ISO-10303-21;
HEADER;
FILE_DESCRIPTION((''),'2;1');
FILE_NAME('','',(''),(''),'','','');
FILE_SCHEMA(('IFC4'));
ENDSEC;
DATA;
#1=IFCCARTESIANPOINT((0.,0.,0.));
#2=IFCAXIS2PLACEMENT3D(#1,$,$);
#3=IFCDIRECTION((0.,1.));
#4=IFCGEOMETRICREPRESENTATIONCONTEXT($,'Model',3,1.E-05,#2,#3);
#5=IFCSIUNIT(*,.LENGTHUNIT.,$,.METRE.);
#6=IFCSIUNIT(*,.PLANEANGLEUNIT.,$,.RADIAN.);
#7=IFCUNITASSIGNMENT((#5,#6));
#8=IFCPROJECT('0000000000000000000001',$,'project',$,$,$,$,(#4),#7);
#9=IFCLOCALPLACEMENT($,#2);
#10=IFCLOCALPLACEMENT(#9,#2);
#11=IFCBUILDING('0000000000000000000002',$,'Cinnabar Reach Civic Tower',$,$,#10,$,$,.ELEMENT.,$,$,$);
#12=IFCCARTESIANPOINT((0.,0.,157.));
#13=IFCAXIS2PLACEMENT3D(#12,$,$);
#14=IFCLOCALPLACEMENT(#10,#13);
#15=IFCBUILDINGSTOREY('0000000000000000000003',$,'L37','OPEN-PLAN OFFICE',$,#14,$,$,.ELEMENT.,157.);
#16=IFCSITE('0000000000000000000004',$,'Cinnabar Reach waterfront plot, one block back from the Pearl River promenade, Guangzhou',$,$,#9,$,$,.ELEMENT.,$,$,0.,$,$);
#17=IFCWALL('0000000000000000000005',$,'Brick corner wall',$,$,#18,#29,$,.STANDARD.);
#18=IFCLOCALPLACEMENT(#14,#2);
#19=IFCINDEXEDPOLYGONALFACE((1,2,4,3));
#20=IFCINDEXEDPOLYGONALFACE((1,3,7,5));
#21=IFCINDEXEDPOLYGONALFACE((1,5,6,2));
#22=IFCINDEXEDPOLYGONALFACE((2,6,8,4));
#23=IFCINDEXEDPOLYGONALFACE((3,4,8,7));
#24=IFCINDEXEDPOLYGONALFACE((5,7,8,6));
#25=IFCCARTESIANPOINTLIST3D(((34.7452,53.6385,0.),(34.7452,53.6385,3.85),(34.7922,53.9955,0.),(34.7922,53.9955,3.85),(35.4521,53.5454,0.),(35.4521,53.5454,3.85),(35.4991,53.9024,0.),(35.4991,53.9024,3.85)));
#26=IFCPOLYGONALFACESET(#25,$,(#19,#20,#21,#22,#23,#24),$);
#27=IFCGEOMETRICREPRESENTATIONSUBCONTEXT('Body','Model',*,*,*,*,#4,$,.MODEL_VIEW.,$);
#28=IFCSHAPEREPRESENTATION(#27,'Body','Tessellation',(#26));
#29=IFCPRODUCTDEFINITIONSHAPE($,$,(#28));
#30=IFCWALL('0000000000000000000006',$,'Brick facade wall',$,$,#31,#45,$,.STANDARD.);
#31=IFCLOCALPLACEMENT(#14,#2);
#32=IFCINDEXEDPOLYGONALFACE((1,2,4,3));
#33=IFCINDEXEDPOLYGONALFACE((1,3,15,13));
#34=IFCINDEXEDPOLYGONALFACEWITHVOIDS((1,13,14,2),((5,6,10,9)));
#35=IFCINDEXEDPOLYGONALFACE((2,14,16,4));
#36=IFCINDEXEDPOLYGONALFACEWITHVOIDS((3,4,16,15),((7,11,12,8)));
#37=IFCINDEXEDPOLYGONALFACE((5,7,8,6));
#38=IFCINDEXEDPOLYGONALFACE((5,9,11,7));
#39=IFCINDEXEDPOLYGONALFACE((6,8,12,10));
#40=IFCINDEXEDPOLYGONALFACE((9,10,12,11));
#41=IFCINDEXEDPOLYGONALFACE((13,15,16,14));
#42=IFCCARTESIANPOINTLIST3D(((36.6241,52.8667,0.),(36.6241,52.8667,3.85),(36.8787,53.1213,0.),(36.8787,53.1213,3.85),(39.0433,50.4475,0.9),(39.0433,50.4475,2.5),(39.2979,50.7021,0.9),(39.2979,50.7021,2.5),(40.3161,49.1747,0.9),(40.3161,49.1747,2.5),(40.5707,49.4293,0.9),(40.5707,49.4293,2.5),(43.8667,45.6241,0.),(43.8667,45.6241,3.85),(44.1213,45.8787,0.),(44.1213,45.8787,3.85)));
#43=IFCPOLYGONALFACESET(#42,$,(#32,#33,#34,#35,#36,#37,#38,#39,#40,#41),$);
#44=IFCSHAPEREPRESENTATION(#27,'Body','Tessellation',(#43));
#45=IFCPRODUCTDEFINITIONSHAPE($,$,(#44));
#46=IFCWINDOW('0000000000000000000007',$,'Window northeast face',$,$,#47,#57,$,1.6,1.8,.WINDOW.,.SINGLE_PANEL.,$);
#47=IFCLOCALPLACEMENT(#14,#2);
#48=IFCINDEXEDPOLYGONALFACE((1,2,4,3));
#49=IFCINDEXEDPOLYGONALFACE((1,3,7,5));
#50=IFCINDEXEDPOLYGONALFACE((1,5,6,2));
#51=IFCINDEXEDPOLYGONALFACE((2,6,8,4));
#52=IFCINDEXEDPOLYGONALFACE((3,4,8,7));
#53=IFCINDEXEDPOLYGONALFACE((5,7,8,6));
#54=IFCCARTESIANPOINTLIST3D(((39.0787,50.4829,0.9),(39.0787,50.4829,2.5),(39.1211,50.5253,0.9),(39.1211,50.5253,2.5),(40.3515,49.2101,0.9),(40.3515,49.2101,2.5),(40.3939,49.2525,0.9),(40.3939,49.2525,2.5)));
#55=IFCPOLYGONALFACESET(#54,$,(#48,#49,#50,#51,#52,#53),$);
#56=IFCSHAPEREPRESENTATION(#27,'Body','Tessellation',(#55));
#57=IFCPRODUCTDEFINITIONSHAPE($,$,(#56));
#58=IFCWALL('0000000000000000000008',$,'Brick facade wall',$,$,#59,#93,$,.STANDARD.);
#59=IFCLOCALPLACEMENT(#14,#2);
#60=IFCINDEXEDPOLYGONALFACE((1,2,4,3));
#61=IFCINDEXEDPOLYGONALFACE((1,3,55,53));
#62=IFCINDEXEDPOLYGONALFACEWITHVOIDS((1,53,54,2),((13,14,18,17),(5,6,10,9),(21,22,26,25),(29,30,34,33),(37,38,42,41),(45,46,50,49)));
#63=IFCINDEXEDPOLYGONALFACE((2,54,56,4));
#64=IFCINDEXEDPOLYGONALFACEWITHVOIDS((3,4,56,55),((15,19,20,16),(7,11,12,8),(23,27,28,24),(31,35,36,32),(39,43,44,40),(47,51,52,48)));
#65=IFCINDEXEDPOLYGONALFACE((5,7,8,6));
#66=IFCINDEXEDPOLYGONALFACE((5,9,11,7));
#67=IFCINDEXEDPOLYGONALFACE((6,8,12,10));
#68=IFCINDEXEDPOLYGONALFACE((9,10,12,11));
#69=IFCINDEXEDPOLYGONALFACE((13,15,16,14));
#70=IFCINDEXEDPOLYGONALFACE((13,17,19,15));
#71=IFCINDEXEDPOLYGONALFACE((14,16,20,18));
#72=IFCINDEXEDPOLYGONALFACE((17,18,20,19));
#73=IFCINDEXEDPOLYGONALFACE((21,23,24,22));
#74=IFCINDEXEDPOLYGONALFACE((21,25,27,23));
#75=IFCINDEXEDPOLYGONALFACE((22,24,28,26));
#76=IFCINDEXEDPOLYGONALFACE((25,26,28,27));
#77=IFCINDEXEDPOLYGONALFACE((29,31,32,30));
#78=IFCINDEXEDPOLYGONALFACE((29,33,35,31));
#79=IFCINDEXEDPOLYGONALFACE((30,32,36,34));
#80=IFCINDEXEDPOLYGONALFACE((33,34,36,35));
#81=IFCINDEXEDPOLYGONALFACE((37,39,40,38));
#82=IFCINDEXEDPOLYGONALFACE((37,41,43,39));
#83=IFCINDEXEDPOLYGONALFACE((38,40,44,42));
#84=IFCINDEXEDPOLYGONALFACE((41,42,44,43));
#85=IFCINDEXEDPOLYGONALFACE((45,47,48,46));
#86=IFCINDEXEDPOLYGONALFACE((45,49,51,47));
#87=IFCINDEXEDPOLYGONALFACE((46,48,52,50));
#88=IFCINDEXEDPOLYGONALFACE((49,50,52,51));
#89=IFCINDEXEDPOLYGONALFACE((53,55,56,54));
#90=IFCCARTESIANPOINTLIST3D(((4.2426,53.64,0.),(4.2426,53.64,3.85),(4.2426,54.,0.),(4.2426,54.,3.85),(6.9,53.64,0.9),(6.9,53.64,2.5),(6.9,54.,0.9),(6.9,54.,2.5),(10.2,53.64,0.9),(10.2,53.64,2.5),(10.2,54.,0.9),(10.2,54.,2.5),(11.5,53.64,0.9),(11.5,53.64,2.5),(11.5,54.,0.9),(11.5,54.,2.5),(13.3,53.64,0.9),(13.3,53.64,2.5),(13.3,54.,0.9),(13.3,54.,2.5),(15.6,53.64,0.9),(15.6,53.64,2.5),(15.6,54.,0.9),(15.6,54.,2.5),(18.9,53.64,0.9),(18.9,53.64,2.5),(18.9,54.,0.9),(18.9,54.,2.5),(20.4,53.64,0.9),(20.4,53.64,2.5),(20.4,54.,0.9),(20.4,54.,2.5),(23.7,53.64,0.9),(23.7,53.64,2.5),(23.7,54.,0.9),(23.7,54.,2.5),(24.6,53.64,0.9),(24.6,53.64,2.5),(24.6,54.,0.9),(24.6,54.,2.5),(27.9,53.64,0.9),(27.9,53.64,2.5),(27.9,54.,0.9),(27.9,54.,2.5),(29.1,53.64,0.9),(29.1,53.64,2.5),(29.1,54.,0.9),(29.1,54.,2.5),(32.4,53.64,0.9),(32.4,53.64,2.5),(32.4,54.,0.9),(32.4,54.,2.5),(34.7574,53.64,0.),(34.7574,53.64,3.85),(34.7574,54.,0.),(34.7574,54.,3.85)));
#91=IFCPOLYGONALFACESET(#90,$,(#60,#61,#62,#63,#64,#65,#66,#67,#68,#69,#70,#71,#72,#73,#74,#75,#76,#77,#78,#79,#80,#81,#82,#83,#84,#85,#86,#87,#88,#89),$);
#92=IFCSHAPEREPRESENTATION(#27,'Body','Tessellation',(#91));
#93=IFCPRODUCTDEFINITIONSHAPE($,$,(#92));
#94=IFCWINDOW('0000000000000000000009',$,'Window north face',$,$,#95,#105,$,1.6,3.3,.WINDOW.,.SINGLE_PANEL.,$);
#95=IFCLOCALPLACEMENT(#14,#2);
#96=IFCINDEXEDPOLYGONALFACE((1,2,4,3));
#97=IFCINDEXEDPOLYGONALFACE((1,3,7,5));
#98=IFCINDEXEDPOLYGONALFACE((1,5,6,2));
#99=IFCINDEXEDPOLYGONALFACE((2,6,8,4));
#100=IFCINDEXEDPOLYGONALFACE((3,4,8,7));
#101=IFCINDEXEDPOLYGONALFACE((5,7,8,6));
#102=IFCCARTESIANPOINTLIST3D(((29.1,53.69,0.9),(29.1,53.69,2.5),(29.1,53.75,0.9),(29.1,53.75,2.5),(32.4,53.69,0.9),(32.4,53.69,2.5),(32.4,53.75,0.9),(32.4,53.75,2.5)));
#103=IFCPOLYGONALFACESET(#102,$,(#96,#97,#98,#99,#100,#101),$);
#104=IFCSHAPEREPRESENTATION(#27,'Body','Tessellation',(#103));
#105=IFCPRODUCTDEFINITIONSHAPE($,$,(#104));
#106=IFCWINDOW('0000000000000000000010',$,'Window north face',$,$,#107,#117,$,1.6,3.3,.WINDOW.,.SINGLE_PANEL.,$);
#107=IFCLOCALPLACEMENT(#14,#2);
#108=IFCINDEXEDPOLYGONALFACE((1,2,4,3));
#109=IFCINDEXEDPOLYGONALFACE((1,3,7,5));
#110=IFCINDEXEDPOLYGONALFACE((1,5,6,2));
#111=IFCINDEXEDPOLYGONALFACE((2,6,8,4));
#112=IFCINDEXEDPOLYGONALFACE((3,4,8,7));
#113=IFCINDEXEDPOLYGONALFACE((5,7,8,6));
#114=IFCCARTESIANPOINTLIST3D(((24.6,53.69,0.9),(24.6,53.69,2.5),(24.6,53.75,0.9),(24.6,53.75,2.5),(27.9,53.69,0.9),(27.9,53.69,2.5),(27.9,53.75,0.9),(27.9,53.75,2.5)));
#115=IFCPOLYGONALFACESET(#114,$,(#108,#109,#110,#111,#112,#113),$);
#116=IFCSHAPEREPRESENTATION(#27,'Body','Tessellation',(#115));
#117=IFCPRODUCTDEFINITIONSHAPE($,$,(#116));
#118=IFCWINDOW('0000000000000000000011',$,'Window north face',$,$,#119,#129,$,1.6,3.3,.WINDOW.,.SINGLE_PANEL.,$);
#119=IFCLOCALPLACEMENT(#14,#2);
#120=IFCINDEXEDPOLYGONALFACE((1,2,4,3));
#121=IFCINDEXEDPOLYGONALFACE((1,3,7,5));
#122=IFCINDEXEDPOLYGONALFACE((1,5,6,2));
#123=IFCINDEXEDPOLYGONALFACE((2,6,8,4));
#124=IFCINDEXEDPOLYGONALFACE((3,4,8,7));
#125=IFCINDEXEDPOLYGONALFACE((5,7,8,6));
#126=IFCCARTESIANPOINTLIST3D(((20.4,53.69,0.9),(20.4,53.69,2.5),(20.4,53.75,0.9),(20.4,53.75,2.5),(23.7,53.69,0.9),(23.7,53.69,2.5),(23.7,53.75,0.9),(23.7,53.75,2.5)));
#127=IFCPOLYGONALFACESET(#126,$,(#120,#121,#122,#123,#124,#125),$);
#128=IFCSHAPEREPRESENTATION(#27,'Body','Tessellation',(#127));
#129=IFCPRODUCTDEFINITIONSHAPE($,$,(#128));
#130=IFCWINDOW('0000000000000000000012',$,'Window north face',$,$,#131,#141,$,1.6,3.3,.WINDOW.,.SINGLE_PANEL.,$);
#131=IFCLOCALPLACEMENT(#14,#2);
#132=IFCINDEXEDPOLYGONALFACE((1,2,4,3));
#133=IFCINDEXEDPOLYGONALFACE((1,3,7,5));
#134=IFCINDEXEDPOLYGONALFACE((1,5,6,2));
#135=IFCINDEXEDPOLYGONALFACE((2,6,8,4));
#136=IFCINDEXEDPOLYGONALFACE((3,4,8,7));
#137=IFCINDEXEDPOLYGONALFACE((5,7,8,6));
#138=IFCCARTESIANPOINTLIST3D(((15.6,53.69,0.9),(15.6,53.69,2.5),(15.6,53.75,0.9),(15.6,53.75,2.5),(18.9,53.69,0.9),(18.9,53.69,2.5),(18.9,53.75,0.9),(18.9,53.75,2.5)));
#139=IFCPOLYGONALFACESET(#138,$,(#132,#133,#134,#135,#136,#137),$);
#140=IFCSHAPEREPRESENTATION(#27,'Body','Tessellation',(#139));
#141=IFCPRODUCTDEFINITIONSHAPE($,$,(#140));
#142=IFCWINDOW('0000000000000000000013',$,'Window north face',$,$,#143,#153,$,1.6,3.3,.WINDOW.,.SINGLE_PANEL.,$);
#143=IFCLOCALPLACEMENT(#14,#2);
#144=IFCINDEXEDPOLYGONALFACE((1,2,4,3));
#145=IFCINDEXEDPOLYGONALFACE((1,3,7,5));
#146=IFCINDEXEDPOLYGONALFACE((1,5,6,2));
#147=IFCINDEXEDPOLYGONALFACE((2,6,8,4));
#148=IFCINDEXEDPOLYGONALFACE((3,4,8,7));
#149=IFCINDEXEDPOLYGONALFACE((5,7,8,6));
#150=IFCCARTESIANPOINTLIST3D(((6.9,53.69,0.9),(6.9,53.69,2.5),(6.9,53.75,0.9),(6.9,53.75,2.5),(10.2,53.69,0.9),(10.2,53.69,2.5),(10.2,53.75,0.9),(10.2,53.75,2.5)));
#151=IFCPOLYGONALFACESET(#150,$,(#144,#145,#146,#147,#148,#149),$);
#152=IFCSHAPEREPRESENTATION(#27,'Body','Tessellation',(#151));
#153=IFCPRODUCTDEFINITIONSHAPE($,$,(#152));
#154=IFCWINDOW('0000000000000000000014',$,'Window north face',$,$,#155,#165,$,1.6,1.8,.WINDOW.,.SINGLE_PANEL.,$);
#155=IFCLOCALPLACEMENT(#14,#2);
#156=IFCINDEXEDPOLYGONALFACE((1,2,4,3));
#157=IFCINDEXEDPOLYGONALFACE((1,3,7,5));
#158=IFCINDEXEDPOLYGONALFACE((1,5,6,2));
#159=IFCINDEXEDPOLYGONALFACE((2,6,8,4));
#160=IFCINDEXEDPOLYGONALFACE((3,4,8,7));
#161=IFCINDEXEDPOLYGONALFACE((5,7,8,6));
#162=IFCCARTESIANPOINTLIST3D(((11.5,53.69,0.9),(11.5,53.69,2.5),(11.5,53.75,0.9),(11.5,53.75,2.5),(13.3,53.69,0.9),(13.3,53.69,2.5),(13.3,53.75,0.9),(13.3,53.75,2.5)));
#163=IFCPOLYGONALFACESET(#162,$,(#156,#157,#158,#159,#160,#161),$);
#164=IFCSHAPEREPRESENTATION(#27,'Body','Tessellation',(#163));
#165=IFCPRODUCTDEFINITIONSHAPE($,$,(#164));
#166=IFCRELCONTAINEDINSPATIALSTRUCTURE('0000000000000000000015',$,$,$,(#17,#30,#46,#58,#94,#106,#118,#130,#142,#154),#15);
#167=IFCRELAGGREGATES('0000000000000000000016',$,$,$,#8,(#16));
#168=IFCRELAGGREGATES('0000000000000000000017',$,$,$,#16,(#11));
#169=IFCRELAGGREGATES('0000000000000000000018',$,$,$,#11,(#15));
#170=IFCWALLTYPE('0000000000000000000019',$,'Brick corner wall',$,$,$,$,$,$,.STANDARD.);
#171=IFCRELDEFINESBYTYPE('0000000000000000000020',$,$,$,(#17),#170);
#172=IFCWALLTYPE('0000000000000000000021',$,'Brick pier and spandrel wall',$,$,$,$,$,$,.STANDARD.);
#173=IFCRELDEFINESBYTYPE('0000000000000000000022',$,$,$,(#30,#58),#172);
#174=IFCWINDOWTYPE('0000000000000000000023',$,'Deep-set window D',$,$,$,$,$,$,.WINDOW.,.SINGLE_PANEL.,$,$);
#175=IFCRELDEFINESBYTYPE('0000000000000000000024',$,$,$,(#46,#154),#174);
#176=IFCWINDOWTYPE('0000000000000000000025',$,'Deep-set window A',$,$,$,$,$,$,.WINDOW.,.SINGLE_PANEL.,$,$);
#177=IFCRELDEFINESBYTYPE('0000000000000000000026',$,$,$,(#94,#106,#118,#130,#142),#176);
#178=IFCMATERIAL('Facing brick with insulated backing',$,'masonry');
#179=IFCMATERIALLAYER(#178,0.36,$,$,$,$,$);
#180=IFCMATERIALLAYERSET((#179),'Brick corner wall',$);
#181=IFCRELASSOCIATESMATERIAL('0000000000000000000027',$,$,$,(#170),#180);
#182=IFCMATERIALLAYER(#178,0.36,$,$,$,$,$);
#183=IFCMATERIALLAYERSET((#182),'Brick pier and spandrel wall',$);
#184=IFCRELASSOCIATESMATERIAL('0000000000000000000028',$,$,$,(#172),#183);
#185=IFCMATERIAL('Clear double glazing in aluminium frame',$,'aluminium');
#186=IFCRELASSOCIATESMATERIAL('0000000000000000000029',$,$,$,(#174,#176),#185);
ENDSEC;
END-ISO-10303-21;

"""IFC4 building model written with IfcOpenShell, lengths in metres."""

from ifc_helpers import new_model, si_unit, direction, frame, frame_2d, origin, place, context, subcontext, project, spatial, rectangle, extrude, material, layer, layer_set, type_object, element, fill, save


model = new_model("IFC4")

# Units and contexts
model_context = context("Model", 3, precision=1e-05, world=origin(), true_north=direction((0.0, 1.0)))
body_context = subcontext(model_context, "Body", "Model", "MODEL_VIEW")
ifc_project = project(units=[si_unit("LENGTHUNIT", "METRE"), si_unit("PLANEANGLEUNIT", "RADIAN")], contexts=[model_context])

# Site, building, storey
site_placement = place(None, origin())
site = spatial("IfcSite", under=ifc_project, at=site_placement, Name="Cinnabar Reach waterfront plot, one block back from the Pearl River promenade, Guangzhou", CompositionType="ELEMENT", RefElevation=0.0)
building_placement = place(site_placement, origin())
building = spatial("IfcBuilding", under=site, at=building_placement, Name="Cinnabar Reach Civic Tower", CompositionType="ELEMENT")
storey_placement = place(building_placement, frame((0.0, 0.0, 157.0)))
storey = spatial("IfcBuildingStorey", under=building, at=storey_placement, Name="L37", Description="OPEN-PLAN OFFICE", CompositionType="ELEMENT", Elevation=157.0)

# Wall
ifc_material_1 = material(Name="Facing brick with insulated backing", Category="masonry")
ifc_layer_1 = layer(ifc_material_1, 0.36)
ifc_layer_set_1 = layer_set([ifc_layer_1], Name="Brick corner wall")
wall_type_1 = type_object("IfcWallType", Name="Brick corner wall", PredefinedType="STANDARD", material=ifc_layer_set_1)
for number, where, z_axis, x_axis, name in (
    (1, (35.4756, 53.7239, 0.0), (0.0, 0.0, 1.0), (-0.991441, 0.130556, 0.0), "Brick corner wall"),
):
    element("IfcWall", number, at=place(storey_placement, frame(where, z_axis=z_axis, x_axis=x_axis)), inside=storey, type_object=wall_type_1, Name=name, PredefinedType="STANDARD", context=body_context, shape_type="SweptSolid", body=[
        extrude(rectangle(XDim=0.7131, YDim=0.36, at=frame_2d((0.3565, 0.0))), origin(), (0.0, 0.0, 1.0), 3.85),
    ])

# Wall, opening, window
ifc_layer_2 = layer(ifc_material_1, 0.36)
ifc_layer_set_2 = layer_set([ifc_layer_2], Name="Brick pier and spandrel wall")
wall_type_2 = type_object("IfcWallType", Name="Brick pier and spandrel wall", PredefinedType="STANDARD", material=ifc_layer_set_2)
wall_1_placement = place(storey_placement, frame((43.994, 45.7514, 0.0), z_axis=(0.0, 0.0, 1.0), x_axis=(-0.707107, 0.707107, 0.0)))
wall_1 = element("IfcWall", 2, at=wall_1_placement, inside=storey, type_object=wall_type_2, Name="Brick facade wall", PredefinedType="STANDARD", context=body_context, shape_type="SweptSolid", body=[
    extrude(rectangle(XDim=10.2426, YDim=0.36, at=frame_2d((5.1213, 0.0))), origin(), (0.0, 0.0, 1.0), 3.85),
])
opening_1_placement = place(wall_1_placement, frame((5.0213, 0.0, 0.9)))
opening_1 = element("IfcOpeningElement", 3, at=opening_1_placement, cuts=wall_1, PredefinedType="OPENING", context=body_context, shape_type="SweptSolid", body=[
    extrude(rectangle(XDim=1.8, YDim=1.6, at=frame_2d((0.9, 0.8))), frame((0.0, 0.19, 0.0), z_axis=(0.0, -1.0, 0.0), x_axis=(1.0, 0.0, 0.0)), (0.0, 0.0, 1.0), 0.38),
])
ifc_material_2 = material(Name="Clear double glazing in aluminium frame", Category="aluminium")
window_type_1 = type_object("IfcWindowType", Name="Deep-set window D", PartitioningType="SINGLE_PANEL", PredefinedType="WINDOW", material=ifc_material_2)
window_1_placement = place(opening_1_placement, origin())
window_1 = element("IfcWindow", 4, at=window_1_placement, inside=storey, type_object=window_type_1, Name="Window northeast face", OverallHeight=1.6, OverallWidth=1.8, PartitioningType="SINGLE_PANEL", PredefinedType="WINDOW", context=body_context, shape_type="SweptSolid", body=[
    extrude(rectangle(XDim=1.8, YDim=1.6, at=frame_2d((0.9, 0.8))), frame((0.0, 0.13, 0.0), z_axis=(0.0, -1.0, 0.0), x_axis=(1.0, 0.0, 0.0)), (0.0, 0.0, 1.0), 0.06),
])
fill(opening_1, window_1)

# Wall, openings, windows
wall_2_placement = place(storey_placement, frame((34.7574, 53.82, 0.0), z_axis=(0.0, 0.0, 1.0), x_axis=(-1.0, 0.0, 0.0)))
wall_2 = element("IfcWall", 5, at=wall_2_placement, inside=storey, type_object=wall_type_2, Name="Brick facade wall", PredefinedType="STANDARD", context=body_context, shape_type="SweptSolid", body=[
    extrude(rectangle(XDim=30.5148, YDim=0.36, at=frame_2d((15.2574, 0.0))), origin(), (0.0, 0.0, 1.0), 3.85),
])
opening_2_placement = place(wall_2_placement, frame((2.3574, 0.0, 0.9)))
opening_2 = element("IfcOpeningElement", 6, at=opening_2_placement, cuts=wall_2, PredefinedType="OPENING", context=body_context, shape_type="SweptSolid", body=[
    extrude(rectangle(XDim=3.3, YDim=1.6, at=frame_2d((1.65, 0.8))), frame((0.0, 0.19, 0.0), z_axis=(0.0, -1.0, 0.0), x_axis=(1.0, 0.0, 0.0)), (0.0, 0.0, 1.0), 0.38),
])
opening_3_placement = place(wall_2_placement, frame((6.8574, 0.0, 0.9)))
opening_3 = element("IfcOpeningElement", 7, at=opening_3_placement, cuts=wall_2, PredefinedType="OPENING", context=body_context, shape_type="SweptSolid", body=[
    extrude(rectangle(XDim=3.3, YDim=1.6, at=frame_2d((1.65, 0.8))), frame((0.0, 0.19, 0.0), z_axis=(0.0, -1.0, 0.0), x_axis=(1.0, 0.0, 0.0)), (0.0, 0.0, 1.0), 0.38),
])
opening_4_placement = place(wall_2_placement, frame((11.0574, 0.0, 0.9)))
opening_4 = element("IfcOpeningElement", 8, at=opening_4_placement, cuts=wall_2, PredefinedType="OPENING", context=body_context, shape_type="SweptSolid", body=[
    extrude(rectangle(XDim=3.3, YDim=1.6, at=frame_2d((1.65, 0.8))), frame((0.0, 0.19, 0.0), z_axis=(0.0, -1.0, 0.0), x_axis=(1.0, 0.0, 0.0)), (0.0, 0.0, 1.0), 0.38),
])
opening_5_placement = place(wall_2_placement, frame((15.8574, 0.0, 0.9)))
opening_5 = element("IfcOpeningElement", 9, at=opening_5_placement, cuts=wall_2, PredefinedType="OPENING", context=body_context, shape_type="SweptSolid", body=[
    extrude(rectangle(XDim=3.3, YDim=1.6, at=frame_2d((1.65, 0.8))), frame((0.0, 0.19, 0.0), z_axis=(0.0, -1.0, 0.0), x_axis=(1.0, 0.0, 0.0)), (0.0, 0.0, 1.0), 0.38),
])
opening_6_placement = place(wall_2_placement, frame((21.4574, 0.0, 0.9)))
opening_6 = element("IfcOpeningElement", 10, at=opening_6_placement, cuts=wall_2, PredefinedType="OPENING", context=body_context, shape_type="SweptSolid", body=[
    extrude(rectangle(XDim=1.8, YDim=1.6, at=frame_2d((0.9, 0.8))), frame((0.0, 0.19, 0.0), z_axis=(0.0, -1.0, 0.0), x_axis=(1.0, 0.0, 0.0)), (0.0, 0.0, 1.0), 0.38),
])
opening_7_placement = place(wall_2_placement, frame((24.5574, 0.0, 0.9)))
opening_7 = element("IfcOpeningElement", 11, at=opening_7_placement, cuts=wall_2, PredefinedType="OPENING", context=body_context, shape_type="SweptSolid", body=[
    extrude(rectangle(XDim=3.3, YDim=1.6, at=frame_2d((1.65, 0.8))), frame((0.0, 0.19, 0.0), z_axis=(0.0, -1.0, 0.0), x_axis=(1.0, 0.0, 0.0)), (0.0, 0.0, 1.0), 0.38),
])
window_type_2 = type_object("IfcWindowType", Name="Deep-set window A", PartitioningType="SINGLE_PANEL", PredefinedType="WINDOW", material=ifc_material_2)
window_2_placement = place(opening_2_placement, origin())
window_2 = element("IfcWindow", 12, at=window_2_placement, inside=storey, type_object=window_type_2, Name="Window north face", OverallHeight=1.6, OverallWidth=3.3, PartitioningType="SINGLE_PANEL", PredefinedType="WINDOW", context=body_context, shape_type="SweptSolid", body=[
    extrude(rectangle(XDim=3.3, YDim=1.6, at=frame_2d((1.65, 0.8))), frame((0.0, 0.13, 0.0), z_axis=(0.0, -1.0, 0.0), x_axis=(1.0, 0.0, 0.0)), (0.0, 0.0, 1.0), 0.06),
])
fill(opening_2, window_2)
window_3_placement = place(opening_3_placement, origin())
window_3 = element("IfcWindow", 13, at=window_3_placement, inside=storey, type_object=window_type_2, Name="Window north face", OverallHeight=1.6, OverallWidth=3.3, PartitioningType="SINGLE_PANEL", PredefinedType="WINDOW", context=body_context, shape_type="SweptSolid", body=[
    extrude(rectangle(XDim=3.3, YDim=1.6, at=frame_2d((1.65, 0.8))), frame((0.0, 0.13, 0.0), z_axis=(0.0, -1.0, 0.0), x_axis=(1.0, 0.0, 0.0)), (0.0, 0.0, 1.0), 0.06),
])
fill(opening_3, window_3)
window_4_placement = place(opening_4_placement, origin())
window_4 = element("IfcWindow", 14, at=window_4_placement, inside=storey, type_object=window_type_2, Name="Window north face", OverallHeight=1.6, OverallWidth=3.3, PartitioningType="SINGLE_PANEL", PredefinedType="WINDOW", context=body_context, shape_type="SweptSolid", body=[
    extrude(rectangle(XDim=3.3, YDim=1.6, at=frame_2d((1.65, 0.8))), frame((0.0, 0.13, 0.0), z_axis=(0.0, -1.0, 0.0), x_axis=(1.0, 0.0, 0.0)), (0.0, 0.0, 1.0), 0.06),
])
fill(opening_4, window_4)
window_5_placement = place(opening_5_placement, origin())
window_5 = element("IfcWindow", 15, at=window_5_placement, inside=storey, type_object=window_type_2, Name="Window north face", OverallHeight=1.6, OverallWidth=3.3, PartitioningType="SINGLE_PANEL", PredefinedType="WINDOW", context=body_context, shape_type="SweptSolid", body=[
    extrude(rectangle(XDim=3.3, YDim=1.6, at=frame_2d((1.65, 0.8))), frame((0.0, 0.13, 0.0), z_axis=(0.0, -1.0, 0.0), x_axis=(1.0, 0.0, 0.0)), (0.0, 0.0, 1.0), 0.06),
])
fill(opening_5, window_5)
window_6_placement = place(opening_7_placement, origin())
window_6 = element("IfcWindow", 16, at=window_6_placement, inside=storey, type_object=window_type_2, Name="Window north face", OverallHeight=1.6, OverallWidth=3.3, PartitioningType="SINGLE_PANEL", PredefinedType="WINDOW", context=body_context, shape_type="SweptSolid", body=[
    extrude(rectangle(XDim=3.3, YDim=1.6, at=frame_2d((1.65, 0.8))), frame((0.0, 0.13, 0.0), z_axis=(0.0, -1.0, 0.0), x_axis=(1.0, 0.0, 0.0)), (0.0, 0.0, 1.0), 0.06),
])
fill(opening_7, window_6)
window_7_placement = place(opening_6_placement, origin())
window_7 = element("IfcWindow", 17, at=window_7_placement, inside=storey, type_object=window_type_1, Name="Window north face", OverallHeight=1.6, OverallWidth=1.8, PartitioningType="SINGLE_PANEL", PredefinedType="WINDOW", context=body_context, shape_type="SweptSolid", body=[
    extrude(rectangle(XDim=1.8, YDim=1.6, at=frame_2d((0.9, 0.8))), frame((0.0, 0.13, 0.0), z_axis=(0.0, -1.0, 0.0), x_axis=(1.0, 0.0, 0.0)), (0.0, 0.0, 1.0), 0.06),
])
fill(opening_6, window_7)

save(model, "model.ifc")
